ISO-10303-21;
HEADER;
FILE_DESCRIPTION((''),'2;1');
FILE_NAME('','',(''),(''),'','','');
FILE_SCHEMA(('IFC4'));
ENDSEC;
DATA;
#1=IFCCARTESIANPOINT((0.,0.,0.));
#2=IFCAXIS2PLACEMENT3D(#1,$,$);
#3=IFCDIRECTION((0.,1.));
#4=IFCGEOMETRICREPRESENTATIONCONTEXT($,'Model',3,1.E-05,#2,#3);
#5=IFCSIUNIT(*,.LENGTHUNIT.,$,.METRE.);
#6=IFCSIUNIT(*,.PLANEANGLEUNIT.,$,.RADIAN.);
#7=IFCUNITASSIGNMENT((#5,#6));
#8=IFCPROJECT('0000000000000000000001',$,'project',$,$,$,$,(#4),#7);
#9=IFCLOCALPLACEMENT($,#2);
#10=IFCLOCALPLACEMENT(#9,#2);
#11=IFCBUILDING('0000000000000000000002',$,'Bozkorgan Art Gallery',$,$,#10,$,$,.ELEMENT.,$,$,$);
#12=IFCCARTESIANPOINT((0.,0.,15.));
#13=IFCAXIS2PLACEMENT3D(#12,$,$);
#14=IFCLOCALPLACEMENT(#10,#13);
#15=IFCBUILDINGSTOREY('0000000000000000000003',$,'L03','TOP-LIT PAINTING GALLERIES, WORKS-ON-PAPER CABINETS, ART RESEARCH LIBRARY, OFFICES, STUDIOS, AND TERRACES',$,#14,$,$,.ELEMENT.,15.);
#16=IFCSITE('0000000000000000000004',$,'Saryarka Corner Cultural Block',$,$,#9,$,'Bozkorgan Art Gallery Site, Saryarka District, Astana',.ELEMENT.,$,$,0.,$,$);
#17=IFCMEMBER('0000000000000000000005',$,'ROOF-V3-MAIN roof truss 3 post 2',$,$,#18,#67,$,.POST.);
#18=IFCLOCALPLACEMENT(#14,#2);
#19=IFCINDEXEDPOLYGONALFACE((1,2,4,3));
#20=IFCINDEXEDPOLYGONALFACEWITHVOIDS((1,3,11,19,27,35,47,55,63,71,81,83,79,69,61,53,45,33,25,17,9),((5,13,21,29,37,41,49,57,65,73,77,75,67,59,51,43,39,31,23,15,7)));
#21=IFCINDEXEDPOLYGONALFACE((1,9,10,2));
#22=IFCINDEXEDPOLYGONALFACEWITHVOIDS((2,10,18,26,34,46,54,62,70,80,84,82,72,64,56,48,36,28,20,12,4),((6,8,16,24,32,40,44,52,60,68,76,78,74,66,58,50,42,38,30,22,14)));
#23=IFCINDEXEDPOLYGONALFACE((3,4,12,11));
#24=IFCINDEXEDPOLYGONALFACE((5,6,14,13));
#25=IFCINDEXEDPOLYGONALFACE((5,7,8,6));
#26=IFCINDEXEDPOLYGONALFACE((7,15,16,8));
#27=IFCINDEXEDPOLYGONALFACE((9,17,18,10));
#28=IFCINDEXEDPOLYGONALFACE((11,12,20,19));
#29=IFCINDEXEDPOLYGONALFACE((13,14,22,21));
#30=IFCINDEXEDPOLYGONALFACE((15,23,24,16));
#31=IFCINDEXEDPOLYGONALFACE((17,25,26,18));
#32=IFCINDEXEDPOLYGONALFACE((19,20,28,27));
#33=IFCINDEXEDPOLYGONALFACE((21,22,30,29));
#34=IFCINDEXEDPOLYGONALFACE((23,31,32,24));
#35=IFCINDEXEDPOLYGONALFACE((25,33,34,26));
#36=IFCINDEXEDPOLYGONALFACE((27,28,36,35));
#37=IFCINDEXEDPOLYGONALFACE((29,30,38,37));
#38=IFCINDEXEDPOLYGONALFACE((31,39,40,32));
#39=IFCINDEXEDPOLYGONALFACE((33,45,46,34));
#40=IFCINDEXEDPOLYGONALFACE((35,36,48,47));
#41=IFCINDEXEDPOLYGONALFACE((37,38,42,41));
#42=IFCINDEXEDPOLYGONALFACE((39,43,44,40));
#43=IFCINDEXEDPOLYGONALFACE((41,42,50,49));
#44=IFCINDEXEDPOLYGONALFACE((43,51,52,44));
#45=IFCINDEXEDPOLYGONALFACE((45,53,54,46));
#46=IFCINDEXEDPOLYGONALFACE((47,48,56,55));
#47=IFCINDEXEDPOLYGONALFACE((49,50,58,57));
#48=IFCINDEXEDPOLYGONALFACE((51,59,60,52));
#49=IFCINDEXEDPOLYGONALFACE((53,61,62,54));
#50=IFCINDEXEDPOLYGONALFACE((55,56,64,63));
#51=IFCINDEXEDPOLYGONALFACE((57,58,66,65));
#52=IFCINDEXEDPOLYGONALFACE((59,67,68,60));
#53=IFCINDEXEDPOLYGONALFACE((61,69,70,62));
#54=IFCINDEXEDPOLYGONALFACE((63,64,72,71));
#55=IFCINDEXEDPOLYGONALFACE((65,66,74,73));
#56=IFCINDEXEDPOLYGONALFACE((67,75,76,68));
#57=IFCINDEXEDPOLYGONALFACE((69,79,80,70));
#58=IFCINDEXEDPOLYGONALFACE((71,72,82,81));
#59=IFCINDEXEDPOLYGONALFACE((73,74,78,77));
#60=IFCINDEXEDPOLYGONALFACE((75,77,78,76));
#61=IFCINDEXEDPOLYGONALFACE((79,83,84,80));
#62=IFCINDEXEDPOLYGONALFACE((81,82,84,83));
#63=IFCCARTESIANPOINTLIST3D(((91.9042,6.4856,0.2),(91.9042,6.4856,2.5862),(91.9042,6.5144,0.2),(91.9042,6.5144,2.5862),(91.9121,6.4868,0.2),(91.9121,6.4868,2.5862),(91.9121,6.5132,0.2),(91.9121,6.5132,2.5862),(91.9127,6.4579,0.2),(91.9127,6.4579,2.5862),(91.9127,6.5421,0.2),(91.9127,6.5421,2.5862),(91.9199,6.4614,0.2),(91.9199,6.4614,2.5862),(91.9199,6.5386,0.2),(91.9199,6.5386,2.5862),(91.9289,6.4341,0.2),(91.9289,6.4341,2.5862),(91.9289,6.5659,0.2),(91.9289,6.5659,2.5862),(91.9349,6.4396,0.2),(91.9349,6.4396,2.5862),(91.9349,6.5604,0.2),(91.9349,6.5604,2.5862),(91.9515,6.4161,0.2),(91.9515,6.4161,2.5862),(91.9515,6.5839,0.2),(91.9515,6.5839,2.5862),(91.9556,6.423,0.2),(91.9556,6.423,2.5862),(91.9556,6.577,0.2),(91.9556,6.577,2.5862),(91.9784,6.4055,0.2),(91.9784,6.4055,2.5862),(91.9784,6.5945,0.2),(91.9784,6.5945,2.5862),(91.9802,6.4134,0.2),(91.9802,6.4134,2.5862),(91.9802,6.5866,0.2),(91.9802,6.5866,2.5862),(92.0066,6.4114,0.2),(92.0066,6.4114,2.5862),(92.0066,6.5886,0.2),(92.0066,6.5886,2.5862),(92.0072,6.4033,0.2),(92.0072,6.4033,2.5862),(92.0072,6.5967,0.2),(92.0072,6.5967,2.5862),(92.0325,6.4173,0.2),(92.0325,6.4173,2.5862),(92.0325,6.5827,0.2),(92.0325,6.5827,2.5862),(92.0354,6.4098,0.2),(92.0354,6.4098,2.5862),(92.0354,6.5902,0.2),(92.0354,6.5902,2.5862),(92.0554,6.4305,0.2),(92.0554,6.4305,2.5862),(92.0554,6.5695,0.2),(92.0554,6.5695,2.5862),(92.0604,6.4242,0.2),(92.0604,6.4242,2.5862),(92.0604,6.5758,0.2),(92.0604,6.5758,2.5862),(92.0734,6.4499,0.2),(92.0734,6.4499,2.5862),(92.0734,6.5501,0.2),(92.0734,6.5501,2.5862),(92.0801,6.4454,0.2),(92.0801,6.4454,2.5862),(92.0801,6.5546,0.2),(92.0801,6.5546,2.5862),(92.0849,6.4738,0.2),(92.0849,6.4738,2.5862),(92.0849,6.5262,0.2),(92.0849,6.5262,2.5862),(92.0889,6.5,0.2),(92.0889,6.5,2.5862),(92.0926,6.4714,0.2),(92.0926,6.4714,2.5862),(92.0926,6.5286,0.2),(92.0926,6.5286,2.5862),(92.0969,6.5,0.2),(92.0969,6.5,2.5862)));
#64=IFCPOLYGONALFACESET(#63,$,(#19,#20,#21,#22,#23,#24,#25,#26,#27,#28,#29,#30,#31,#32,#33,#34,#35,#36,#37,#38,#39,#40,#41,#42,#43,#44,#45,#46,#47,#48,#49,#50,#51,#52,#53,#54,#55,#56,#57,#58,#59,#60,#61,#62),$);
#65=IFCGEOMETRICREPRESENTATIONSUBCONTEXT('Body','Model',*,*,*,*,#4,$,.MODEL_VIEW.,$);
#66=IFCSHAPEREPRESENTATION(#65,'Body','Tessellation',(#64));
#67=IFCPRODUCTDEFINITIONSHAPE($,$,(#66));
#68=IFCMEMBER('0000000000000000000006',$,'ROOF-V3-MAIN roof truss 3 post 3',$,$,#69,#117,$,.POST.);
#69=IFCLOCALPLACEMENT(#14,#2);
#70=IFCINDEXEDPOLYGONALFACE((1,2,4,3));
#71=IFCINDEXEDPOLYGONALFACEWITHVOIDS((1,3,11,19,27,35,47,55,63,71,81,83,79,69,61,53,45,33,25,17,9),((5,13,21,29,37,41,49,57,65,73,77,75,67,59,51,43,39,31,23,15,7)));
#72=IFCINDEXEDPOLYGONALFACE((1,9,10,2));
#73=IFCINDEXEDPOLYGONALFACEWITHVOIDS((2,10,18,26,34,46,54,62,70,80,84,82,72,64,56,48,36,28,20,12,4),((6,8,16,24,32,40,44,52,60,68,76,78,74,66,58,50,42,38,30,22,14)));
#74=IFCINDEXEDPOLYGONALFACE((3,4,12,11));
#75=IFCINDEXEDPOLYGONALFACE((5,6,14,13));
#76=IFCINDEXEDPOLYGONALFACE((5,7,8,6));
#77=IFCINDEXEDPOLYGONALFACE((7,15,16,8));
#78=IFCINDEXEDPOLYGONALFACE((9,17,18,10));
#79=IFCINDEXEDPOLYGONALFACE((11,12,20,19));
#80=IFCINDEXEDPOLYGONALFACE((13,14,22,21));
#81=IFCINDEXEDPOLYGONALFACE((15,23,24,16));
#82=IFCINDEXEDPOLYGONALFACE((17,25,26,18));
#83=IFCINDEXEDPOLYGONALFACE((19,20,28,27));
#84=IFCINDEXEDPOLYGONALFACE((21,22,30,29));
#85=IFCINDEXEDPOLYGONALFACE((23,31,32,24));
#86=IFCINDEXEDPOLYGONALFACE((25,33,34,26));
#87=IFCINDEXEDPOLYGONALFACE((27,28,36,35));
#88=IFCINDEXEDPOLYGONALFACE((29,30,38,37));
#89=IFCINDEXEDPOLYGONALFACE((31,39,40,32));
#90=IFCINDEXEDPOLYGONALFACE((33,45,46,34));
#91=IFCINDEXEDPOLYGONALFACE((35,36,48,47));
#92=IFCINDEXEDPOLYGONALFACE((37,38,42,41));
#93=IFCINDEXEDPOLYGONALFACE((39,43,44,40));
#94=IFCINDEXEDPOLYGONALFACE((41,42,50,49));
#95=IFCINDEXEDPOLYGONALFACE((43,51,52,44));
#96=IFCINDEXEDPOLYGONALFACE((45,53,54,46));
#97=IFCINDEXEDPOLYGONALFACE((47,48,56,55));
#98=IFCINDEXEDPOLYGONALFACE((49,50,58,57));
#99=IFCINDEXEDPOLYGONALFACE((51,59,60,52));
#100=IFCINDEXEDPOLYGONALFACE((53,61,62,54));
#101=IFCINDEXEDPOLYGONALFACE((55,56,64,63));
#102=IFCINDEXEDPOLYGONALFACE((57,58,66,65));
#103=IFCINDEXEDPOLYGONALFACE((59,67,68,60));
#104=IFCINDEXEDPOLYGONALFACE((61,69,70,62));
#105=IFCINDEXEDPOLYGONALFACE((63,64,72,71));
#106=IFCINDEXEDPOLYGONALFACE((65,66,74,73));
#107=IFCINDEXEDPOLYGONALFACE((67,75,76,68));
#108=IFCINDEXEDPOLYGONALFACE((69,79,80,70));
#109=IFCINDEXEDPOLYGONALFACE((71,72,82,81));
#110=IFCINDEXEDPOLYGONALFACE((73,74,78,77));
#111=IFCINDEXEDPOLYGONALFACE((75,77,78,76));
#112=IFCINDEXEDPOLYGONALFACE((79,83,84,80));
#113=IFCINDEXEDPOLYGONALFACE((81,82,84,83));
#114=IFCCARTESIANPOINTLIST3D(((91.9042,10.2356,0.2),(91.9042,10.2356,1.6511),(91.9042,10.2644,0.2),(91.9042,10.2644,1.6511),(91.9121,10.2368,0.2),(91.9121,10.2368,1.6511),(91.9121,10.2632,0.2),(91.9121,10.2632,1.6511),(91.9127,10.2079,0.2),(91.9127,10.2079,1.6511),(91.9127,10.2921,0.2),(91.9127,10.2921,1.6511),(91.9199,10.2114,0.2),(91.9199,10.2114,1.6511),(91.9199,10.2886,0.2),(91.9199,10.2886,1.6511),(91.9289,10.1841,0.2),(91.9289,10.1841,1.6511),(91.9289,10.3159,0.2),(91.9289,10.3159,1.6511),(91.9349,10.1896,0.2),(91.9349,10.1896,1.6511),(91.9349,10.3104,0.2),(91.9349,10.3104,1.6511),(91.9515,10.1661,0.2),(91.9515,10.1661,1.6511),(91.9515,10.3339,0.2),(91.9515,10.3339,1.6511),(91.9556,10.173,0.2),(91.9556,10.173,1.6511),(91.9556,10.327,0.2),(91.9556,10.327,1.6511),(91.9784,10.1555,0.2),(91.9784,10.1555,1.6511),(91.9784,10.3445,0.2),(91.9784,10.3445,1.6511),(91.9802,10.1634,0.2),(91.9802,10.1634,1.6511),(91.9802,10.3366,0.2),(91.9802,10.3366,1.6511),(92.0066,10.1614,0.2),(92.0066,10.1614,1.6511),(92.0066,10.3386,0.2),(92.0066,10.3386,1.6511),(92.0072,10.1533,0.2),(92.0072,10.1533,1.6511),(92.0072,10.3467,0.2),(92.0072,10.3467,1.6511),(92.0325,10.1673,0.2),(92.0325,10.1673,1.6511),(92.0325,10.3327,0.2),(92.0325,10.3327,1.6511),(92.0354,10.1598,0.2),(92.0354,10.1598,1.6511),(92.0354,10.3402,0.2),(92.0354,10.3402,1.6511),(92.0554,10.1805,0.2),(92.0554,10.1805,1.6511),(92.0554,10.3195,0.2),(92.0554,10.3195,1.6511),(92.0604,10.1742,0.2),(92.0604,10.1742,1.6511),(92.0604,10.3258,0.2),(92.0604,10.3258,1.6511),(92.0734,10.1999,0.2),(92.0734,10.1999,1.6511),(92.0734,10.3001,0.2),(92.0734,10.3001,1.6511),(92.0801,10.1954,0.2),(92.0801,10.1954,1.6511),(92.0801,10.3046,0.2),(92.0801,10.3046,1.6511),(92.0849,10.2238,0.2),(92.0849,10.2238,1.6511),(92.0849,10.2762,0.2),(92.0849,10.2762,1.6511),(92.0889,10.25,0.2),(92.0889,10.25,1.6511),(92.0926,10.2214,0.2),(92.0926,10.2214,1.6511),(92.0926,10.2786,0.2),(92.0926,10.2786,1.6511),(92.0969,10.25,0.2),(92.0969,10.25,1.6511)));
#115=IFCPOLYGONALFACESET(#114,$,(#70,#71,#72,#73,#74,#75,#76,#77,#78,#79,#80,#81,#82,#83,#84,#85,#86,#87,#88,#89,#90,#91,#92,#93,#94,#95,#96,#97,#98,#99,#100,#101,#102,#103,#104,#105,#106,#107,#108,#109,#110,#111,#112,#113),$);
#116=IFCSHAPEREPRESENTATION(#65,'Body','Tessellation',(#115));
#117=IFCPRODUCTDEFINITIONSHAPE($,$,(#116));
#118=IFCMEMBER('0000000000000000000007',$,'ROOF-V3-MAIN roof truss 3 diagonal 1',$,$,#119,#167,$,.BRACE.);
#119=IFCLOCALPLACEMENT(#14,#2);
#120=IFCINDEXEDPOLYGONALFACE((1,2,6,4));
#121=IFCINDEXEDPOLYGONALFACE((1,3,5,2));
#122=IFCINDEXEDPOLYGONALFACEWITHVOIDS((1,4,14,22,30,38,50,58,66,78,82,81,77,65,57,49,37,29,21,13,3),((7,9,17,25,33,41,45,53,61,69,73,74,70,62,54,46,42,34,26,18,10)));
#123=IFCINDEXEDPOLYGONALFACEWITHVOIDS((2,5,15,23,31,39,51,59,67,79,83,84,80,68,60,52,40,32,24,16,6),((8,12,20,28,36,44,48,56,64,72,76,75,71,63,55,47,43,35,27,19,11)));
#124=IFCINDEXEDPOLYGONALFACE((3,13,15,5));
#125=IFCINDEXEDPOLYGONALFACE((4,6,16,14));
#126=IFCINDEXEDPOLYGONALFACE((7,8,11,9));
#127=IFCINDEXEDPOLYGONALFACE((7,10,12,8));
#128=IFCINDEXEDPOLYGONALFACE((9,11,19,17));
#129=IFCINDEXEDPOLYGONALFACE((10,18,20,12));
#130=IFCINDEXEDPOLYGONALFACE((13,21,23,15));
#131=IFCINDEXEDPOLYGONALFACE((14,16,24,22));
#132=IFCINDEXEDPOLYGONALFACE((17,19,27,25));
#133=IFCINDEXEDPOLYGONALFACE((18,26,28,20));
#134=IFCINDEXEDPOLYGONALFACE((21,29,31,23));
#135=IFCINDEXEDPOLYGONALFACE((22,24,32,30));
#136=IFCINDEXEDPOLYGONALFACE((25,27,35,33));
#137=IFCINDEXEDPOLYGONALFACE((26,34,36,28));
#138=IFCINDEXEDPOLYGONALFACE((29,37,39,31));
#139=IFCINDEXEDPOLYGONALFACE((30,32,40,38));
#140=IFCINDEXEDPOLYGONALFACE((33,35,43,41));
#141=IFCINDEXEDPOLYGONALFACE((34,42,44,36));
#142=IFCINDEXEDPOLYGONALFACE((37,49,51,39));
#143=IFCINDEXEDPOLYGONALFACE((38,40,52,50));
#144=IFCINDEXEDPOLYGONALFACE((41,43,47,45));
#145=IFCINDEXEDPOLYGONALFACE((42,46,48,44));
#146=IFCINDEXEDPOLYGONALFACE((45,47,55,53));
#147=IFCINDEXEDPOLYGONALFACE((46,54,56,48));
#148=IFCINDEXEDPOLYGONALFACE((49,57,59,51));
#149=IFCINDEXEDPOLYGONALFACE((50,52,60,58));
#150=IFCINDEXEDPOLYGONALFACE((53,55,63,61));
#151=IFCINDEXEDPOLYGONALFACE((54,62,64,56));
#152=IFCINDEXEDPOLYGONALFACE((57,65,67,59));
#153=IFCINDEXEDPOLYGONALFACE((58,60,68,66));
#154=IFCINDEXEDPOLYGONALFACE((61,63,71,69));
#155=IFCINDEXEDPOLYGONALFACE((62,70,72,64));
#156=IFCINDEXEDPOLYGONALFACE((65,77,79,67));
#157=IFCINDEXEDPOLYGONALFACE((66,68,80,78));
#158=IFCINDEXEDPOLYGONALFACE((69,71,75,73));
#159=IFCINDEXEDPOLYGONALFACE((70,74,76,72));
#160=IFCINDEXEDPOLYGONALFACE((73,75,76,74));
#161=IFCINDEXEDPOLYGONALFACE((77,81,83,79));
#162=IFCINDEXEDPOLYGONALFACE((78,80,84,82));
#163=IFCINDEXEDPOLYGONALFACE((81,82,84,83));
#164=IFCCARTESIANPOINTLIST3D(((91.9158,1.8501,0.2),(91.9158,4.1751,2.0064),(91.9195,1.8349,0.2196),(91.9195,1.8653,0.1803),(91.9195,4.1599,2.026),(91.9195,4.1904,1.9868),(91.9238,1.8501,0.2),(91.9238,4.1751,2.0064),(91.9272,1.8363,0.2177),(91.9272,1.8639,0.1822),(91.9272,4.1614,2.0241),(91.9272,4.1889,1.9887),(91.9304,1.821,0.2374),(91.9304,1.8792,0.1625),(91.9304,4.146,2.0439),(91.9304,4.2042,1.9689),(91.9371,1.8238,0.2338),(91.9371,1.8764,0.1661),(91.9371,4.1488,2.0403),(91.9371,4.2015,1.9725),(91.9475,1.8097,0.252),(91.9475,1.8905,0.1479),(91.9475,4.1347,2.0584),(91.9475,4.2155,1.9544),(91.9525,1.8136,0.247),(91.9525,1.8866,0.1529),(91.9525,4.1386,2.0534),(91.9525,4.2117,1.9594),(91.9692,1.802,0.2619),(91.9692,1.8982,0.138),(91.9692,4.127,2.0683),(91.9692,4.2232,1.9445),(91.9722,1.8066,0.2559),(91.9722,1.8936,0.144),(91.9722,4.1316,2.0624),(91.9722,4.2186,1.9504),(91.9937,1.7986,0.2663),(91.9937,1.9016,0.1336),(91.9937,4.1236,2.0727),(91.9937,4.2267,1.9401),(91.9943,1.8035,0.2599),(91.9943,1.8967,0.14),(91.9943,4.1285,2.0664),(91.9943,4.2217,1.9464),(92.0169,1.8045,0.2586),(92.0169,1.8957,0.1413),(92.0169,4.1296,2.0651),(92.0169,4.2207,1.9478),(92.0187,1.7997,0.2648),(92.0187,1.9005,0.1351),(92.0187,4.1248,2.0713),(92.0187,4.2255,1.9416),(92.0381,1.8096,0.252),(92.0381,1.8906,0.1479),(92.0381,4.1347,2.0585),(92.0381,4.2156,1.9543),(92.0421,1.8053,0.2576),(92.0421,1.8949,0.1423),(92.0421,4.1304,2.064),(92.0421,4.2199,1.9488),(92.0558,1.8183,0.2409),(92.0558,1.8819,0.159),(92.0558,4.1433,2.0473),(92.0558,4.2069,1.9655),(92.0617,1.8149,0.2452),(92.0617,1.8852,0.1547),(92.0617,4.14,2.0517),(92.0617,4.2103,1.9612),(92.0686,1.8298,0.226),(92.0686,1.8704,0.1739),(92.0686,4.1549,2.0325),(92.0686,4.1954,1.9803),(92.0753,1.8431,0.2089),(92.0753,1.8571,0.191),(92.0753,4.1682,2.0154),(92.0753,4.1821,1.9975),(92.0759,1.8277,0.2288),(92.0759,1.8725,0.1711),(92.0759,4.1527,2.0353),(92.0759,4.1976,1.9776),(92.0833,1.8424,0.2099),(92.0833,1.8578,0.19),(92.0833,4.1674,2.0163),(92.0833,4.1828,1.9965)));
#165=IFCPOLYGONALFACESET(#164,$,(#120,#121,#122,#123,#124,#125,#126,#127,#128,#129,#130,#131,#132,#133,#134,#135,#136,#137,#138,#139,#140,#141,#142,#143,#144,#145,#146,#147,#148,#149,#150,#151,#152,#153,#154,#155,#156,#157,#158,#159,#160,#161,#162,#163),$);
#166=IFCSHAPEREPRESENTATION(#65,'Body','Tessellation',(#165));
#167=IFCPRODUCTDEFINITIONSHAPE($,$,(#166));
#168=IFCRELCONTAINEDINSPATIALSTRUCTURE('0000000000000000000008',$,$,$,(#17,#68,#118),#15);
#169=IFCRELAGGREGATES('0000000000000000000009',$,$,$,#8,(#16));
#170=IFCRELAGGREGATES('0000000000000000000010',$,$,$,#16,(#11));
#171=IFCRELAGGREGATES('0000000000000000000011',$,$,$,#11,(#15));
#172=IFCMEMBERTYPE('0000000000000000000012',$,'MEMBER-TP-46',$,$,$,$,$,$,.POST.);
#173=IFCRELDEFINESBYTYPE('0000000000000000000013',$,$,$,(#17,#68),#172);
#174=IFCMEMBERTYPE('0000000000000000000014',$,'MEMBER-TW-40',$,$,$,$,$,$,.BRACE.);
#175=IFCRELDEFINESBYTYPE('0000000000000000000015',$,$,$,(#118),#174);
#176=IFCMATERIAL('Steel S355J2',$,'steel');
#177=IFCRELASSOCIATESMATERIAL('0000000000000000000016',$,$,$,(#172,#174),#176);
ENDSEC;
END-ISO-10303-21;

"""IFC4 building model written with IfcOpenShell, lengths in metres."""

from ifc_helpers import new_model, si_unit, direction, frame, origin, origin_2d, place, context, subcontext, project, spatial, hollow_circle, extrude, material, material_profile, profile_set, type_object, element, save


model = new_model("IFC4")

# Units and contexts
model_context = context("Model", 3, precision=1e-05, world=origin(), true_north=direction((0.0, 1.0)))
body_context = subcontext(model_context, "Body", "Model", "MODEL_VIEW")
ifc_project = project(units=[si_unit("LENGTHUNIT", "METRE"), si_unit("PLANEANGLEUNIT", "RADIAN")], contexts=[model_context])

# Site, building, storey
site_placement = place(None, origin())
site = spatial("IfcSite", under=ifc_project, at=site_placement, Name="Saryarka Corner Cultural Block", LongName="Bozkorgan Art Gallery Site, Saryarka District, Astana", CompositionType="ELEMENT", RefElevation=0.0)
building_placement = place(site_placement, origin())
building = spatial("IfcBuilding", under=site, at=building_placement, Name="Bozkorgan Art Gallery", CompositionType="ELEMENT")
storey_placement = place(building_placement, frame((0.0, 0.0, 15.0)))
storey = spatial("IfcBuildingStorey", under=building, at=storey_placement, Name="L03", Description="TOP-LIT PAINTING GALLERIES, WORKS-ON-PAPER CABINETS, ART RESEARCH LIBRARY, OFFICES, STUDIOS, AND TERRACES", CompositionType="ELEMENT", Elevation=15.0)

# Shared definitions
ifc_material_1 = material(Name="Steel S355J2", Category="steel")

# Members
ifc_material_profile_1 = material_profile(ifc_material_1, hollow_circle(Radius=0.0969, WallThickness=0.0081, at=origin_2d()), Name="CHS 193.7x8")
ifc_profile_set_1 = profile_set([ifc_material_profile_1], Name="Steel S355J2")
member_type_1 = type_object("IfcMemberType", Name="MEMBER-TP-46", PredefinedType="POST", material=ifc_profile_set_1)
member_1_placement = place(storey_placement, frame((92.0, 6.5, 0.2), z_axis=(0.0, 0.0, 1.0), x_axis=(1.0, 0.0, 0.0)))
element("IfcMember", 1, at=member_1_placement, inside=storey, type_object=member_type_1, Name="ROOF-V3-MAIN roof truss 3 post 2", PredefinedType="POST", context=body_context, shape_type="SweptSolid", body=[
    extrude(hollow_circle(Radius=0.0969, WallThickness=0.0081, at=origin_2d()), origin(), (0.0, 0.0, 1.0), 2.3862),
])
member_2_placement = place(storey_placement, frame((92.0, 10.25, 0.2), z_axis=(0.0, 0.0, 1.0), x_axis=(1.0, 0.0, 0.0)))
element("IfcMember", 2, at=member_2_placement, inside=storey, type_object=member_type_1, Name="ROOF-V3-MAIN roof truss 3 post 3", PredefinedType="POST", context=body_context, shape_type="SweptSolid", body=[
    extrude(hollow_circle(Radius=0.0969, WallThickness=0.0081, at=origin_2d()), origin(), (0.0, 0.0, 1.0), 1.4512),
])
ifc_material_profile_2 = material_profile(ifc_material_1, hollow_circle(Radius=0.0842, WallThickness=0.0081, at=origin_2d()), Name="CHS 168.3x8")
ifc_profile_set_2 = profile_set([ifc_material_profile_2], Name="Steel S355J2")
member_type_2 = type_object("IfcMemberType", Name="MEMBER-TW-40", PredefinedType="BRACE", material=ifc_profile_set_2)
for number, where, z_axis, x_axis, name in (
    (3, (92.0, 1.8501, 0.2), (0.0, 0.789665, 0.613539), (-1.0, 0.0, 0.0), "ROOF-V3-MAIN roof truss 3 diagonal 1"),
):
    element("IfcMember", number, at=place(storey_placement, frame(where, z_axis=z_axis, x_axis=x_axis)), inside=storey, type_object=member_type_2, Name=name, PredefinedType="BRACE", context=body_context, shape_type="SweptSolid", body=[
        extrude(hollow_circle(Radius=0.0842, WallThickness=0.0081, at=origin_2d()), origin(), (0.0, 0.0, 1.0), 2.9443),
    ])

save(model, "model.ifc")
